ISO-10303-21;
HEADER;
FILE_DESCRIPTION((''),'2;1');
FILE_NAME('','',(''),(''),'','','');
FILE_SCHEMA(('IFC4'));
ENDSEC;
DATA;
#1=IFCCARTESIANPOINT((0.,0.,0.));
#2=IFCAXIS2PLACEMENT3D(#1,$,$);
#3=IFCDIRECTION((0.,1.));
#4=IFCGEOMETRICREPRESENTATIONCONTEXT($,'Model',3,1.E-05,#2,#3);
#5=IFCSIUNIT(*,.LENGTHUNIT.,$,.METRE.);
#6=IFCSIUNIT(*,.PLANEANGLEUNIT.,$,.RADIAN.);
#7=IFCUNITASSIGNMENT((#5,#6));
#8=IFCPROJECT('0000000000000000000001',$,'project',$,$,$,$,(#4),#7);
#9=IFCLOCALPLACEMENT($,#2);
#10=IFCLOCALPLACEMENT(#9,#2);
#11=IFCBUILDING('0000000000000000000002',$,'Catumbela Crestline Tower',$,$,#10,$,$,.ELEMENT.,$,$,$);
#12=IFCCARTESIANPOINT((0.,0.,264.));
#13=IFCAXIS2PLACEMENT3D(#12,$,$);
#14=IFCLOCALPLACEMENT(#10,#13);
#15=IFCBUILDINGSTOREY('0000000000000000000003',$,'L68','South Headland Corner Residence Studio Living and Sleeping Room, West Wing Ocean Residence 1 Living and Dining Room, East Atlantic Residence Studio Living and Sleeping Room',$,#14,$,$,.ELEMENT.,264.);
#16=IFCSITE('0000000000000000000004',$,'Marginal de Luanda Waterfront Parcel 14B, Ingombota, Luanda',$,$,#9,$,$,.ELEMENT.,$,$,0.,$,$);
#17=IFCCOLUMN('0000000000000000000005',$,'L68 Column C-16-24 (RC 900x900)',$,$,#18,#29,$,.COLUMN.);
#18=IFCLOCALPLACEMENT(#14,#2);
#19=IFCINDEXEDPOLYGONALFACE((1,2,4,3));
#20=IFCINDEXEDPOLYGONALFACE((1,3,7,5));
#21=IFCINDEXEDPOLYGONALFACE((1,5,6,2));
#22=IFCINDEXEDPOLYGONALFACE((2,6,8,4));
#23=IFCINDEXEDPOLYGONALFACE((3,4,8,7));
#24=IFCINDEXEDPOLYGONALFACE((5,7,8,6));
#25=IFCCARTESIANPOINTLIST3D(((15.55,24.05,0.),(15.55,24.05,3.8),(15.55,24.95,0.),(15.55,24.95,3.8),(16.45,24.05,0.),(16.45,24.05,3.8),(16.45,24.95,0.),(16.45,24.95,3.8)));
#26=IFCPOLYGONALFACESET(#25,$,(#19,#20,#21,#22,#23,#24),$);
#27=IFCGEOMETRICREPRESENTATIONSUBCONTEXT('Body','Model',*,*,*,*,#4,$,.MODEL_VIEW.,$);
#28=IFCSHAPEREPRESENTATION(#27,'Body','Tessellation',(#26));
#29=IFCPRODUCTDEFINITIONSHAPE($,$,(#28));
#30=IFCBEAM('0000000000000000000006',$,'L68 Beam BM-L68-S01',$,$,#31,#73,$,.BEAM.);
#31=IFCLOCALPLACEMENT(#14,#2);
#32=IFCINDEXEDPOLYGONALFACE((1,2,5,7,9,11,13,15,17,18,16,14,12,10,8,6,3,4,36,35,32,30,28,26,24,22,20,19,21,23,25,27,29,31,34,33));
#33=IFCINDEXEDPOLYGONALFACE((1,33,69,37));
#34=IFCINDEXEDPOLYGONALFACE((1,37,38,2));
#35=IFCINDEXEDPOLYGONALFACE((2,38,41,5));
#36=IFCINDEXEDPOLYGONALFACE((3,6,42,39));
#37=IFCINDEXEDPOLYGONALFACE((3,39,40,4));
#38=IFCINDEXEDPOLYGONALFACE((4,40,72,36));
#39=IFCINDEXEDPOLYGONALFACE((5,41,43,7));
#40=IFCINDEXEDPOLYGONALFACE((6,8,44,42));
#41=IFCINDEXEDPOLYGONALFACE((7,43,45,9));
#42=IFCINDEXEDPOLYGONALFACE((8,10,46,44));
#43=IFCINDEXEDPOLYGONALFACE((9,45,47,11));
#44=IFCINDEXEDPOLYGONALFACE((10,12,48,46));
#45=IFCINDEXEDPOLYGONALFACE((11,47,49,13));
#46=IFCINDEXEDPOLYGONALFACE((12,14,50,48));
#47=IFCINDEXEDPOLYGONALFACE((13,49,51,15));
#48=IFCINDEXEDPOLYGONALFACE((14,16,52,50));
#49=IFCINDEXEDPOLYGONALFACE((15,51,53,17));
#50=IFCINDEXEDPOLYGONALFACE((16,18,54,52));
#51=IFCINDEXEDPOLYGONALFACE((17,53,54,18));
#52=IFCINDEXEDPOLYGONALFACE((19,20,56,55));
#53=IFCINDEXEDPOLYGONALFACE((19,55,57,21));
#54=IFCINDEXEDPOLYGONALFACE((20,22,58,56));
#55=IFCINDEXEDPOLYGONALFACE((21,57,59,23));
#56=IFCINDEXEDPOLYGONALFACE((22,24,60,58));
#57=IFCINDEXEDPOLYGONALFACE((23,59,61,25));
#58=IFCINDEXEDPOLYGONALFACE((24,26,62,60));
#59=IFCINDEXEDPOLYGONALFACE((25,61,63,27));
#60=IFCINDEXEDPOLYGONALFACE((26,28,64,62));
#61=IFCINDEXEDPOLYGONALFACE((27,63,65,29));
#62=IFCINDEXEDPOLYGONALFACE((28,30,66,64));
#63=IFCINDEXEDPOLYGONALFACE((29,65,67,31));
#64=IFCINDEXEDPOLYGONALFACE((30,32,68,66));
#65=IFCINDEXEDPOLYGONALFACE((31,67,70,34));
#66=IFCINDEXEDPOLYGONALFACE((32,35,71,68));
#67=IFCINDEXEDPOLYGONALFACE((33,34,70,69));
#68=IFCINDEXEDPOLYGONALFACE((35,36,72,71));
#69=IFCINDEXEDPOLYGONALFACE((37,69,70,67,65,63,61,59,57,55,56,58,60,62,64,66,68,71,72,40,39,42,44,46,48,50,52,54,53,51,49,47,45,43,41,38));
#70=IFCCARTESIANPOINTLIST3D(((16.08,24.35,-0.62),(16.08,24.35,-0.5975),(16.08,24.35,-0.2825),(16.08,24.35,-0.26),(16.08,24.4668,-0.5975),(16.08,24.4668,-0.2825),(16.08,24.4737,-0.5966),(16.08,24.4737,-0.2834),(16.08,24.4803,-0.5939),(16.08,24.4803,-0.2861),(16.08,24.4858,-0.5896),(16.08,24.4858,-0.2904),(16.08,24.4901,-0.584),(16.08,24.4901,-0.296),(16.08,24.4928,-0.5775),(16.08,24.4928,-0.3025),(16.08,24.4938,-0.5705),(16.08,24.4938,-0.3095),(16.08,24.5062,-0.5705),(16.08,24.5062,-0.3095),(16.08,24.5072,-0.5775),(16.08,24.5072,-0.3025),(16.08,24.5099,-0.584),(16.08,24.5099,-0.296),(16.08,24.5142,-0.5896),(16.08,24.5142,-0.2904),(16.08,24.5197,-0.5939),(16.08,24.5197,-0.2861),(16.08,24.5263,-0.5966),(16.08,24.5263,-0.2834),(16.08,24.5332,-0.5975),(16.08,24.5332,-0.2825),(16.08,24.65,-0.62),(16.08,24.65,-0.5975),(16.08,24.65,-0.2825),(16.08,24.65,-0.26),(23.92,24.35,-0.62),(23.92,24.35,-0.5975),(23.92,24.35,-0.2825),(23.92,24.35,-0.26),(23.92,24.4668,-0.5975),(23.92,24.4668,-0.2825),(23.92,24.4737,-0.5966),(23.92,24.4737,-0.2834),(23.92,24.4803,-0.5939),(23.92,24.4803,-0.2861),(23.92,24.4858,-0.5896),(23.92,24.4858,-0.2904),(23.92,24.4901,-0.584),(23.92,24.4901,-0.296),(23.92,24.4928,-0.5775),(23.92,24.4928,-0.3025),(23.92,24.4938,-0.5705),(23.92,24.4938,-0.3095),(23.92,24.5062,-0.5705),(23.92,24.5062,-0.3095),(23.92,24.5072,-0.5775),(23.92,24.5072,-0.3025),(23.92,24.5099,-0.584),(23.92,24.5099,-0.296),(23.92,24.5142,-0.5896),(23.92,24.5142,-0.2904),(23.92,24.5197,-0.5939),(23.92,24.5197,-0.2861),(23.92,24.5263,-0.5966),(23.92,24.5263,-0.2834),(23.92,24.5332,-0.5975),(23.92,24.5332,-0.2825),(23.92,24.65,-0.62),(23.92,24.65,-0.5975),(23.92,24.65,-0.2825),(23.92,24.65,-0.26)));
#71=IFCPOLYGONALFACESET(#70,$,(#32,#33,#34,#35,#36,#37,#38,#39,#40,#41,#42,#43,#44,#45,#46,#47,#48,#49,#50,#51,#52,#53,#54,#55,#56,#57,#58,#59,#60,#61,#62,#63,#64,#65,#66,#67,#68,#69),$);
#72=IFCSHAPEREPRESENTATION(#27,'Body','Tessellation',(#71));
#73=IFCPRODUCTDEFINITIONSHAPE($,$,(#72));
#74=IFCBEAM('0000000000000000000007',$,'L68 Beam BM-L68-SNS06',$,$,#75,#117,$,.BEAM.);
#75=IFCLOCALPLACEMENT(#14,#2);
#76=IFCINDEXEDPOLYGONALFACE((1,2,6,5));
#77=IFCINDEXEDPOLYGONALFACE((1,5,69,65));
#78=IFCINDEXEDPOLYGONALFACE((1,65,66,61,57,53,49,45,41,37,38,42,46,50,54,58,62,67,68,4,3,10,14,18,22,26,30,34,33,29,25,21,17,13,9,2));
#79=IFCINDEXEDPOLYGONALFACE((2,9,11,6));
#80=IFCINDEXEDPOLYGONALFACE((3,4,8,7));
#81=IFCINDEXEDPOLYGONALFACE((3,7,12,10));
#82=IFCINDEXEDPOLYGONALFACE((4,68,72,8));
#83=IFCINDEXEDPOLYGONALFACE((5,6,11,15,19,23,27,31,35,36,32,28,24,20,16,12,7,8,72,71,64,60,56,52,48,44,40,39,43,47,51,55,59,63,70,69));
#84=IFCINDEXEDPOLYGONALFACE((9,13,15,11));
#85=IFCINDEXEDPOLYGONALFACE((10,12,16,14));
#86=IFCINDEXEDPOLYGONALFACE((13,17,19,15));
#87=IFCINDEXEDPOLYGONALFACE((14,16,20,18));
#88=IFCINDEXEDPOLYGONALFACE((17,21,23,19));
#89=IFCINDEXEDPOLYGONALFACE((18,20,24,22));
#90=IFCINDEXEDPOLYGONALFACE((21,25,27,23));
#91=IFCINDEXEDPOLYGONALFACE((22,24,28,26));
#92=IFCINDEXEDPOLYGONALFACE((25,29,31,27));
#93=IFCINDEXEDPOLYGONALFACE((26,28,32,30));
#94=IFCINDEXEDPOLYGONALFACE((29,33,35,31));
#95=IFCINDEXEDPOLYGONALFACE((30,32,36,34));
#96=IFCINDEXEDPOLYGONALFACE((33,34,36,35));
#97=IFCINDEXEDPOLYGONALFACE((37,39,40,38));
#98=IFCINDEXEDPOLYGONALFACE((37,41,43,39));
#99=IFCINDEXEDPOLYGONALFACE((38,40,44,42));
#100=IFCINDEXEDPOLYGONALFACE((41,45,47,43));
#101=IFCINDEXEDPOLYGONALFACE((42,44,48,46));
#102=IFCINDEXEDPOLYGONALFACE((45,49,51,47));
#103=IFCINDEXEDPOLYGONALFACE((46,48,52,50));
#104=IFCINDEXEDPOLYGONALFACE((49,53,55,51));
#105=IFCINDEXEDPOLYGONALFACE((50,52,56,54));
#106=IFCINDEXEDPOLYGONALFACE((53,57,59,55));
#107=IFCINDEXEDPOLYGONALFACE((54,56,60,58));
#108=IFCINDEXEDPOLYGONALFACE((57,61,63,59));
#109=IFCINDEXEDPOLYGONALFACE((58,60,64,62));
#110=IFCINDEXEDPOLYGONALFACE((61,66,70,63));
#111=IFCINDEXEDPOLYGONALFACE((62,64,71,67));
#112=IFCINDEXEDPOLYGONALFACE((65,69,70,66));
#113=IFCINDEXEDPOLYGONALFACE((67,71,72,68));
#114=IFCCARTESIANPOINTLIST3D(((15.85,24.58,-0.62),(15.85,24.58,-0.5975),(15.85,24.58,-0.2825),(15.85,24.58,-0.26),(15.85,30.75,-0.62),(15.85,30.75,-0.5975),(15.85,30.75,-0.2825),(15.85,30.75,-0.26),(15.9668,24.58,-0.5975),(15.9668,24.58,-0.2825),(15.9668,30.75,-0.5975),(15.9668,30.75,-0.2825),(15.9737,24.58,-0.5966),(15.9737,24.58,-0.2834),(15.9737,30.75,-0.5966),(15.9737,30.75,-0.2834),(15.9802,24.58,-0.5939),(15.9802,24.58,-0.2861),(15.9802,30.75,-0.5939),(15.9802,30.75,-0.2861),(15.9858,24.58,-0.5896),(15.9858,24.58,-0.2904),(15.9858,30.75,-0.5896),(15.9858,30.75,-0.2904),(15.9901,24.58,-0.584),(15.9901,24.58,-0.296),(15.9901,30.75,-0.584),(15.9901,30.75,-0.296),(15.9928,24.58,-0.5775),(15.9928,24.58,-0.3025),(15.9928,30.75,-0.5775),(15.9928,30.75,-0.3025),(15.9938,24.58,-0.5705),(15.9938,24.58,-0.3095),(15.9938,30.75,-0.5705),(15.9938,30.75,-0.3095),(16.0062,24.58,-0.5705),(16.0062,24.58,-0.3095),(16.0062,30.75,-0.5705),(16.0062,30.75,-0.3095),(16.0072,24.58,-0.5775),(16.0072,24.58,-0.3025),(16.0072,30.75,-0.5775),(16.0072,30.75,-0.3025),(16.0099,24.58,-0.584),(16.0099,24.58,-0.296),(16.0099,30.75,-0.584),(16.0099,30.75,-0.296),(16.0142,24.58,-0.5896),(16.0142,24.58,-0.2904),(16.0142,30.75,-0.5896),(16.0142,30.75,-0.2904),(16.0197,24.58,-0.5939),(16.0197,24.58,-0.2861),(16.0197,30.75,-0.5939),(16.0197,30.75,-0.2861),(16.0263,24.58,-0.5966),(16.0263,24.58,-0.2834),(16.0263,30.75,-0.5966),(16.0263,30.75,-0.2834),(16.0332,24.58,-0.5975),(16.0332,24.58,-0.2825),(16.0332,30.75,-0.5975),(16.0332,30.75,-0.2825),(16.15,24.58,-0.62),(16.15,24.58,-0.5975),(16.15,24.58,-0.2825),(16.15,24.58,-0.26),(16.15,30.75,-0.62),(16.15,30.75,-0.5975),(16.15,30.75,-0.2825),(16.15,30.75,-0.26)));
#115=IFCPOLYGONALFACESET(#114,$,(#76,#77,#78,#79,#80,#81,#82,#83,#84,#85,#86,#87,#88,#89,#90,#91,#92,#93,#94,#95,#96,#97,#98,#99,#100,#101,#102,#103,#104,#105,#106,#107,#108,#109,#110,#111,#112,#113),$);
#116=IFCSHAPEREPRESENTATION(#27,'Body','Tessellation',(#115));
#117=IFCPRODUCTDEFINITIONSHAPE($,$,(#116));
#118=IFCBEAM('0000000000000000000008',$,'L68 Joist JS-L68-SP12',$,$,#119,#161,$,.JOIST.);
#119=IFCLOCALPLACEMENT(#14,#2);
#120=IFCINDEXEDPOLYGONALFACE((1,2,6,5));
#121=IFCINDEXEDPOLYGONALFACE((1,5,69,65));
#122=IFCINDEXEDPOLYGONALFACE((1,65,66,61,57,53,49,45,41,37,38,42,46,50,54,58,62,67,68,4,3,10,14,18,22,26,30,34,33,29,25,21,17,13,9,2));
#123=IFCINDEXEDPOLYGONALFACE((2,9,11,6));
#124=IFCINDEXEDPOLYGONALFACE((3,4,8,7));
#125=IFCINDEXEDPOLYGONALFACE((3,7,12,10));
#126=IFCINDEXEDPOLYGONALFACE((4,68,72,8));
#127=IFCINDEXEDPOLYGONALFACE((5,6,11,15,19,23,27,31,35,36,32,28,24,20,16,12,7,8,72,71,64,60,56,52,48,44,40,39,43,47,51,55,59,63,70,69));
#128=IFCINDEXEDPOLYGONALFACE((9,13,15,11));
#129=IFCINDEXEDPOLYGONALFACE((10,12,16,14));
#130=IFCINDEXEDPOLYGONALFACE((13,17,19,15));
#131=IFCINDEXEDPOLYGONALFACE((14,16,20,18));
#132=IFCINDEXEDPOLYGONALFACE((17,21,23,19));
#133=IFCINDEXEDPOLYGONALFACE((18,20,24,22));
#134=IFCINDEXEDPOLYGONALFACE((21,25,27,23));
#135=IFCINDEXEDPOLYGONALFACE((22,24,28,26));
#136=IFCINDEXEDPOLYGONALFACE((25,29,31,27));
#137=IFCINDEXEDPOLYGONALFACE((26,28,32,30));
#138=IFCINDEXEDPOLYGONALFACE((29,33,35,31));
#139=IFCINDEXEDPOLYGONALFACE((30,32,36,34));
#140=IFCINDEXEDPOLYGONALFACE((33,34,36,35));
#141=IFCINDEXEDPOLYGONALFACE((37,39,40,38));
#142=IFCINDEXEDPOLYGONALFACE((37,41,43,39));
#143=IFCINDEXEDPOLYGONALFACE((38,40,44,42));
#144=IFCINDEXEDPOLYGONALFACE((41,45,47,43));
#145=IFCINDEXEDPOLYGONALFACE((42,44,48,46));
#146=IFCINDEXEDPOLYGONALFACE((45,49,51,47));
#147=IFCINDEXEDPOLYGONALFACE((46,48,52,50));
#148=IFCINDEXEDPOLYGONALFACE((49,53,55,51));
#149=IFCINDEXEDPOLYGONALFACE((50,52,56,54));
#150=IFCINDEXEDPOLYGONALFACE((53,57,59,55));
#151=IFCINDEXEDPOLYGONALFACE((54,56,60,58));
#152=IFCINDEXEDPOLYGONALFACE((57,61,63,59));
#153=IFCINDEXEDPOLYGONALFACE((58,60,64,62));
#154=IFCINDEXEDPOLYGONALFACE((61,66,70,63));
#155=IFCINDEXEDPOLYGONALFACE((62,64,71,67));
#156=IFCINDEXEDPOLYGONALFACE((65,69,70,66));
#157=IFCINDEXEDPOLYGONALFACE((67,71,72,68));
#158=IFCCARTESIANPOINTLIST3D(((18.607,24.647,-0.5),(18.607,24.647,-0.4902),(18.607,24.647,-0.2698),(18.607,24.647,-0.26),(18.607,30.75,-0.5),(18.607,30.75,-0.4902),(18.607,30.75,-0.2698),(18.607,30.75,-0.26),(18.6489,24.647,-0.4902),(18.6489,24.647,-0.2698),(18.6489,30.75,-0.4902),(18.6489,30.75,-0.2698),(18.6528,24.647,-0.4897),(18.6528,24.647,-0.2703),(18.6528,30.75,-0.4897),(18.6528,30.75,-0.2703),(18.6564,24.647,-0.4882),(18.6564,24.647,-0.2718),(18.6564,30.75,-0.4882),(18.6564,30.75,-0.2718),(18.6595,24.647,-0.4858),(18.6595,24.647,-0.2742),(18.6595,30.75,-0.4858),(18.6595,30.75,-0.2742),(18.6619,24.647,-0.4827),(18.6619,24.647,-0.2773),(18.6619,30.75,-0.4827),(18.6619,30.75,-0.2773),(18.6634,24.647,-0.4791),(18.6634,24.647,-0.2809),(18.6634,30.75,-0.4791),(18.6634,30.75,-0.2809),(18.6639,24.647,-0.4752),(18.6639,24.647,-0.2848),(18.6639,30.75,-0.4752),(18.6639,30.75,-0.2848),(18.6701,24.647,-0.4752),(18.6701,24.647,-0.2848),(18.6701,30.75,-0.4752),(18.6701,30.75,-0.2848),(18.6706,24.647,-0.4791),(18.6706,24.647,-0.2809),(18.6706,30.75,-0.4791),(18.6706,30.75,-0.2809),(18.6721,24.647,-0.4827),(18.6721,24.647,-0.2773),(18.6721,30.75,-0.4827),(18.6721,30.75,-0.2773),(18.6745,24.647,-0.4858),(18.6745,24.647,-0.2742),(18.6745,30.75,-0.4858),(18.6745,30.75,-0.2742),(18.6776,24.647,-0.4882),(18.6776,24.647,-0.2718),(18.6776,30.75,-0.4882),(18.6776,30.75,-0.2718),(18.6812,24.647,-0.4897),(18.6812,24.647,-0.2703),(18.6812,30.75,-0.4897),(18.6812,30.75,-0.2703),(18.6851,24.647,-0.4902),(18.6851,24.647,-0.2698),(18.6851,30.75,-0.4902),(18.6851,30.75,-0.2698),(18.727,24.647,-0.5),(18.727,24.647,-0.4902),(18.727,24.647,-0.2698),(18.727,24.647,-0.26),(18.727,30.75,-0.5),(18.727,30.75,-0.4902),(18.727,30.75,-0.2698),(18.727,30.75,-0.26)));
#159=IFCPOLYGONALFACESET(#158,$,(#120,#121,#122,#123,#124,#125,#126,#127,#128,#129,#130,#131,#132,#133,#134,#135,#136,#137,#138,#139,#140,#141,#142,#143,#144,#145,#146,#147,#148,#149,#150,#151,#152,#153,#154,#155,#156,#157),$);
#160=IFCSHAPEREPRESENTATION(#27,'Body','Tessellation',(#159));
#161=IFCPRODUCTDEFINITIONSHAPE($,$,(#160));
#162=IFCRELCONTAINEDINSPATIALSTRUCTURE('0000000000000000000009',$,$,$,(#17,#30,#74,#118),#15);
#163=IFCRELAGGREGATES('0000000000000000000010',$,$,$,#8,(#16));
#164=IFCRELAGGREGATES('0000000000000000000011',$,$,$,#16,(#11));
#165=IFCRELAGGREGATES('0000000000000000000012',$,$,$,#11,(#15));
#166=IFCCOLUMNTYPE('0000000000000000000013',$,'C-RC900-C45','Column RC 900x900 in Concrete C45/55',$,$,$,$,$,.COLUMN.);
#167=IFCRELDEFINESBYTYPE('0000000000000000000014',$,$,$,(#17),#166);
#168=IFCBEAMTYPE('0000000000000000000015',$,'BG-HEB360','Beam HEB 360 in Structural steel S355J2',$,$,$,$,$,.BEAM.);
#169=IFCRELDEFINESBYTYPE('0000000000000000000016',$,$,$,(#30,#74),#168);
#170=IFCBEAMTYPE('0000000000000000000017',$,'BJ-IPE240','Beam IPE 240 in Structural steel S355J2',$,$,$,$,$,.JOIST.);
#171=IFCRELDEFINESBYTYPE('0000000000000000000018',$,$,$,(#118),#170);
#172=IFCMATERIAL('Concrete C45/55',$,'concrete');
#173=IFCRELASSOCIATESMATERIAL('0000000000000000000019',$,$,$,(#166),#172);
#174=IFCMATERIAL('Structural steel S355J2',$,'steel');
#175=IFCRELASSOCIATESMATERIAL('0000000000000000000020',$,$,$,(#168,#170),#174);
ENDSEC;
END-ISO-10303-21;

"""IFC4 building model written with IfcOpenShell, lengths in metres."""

from ifc_helpers import new_model, si_unit, direction, frame, origin, origin_2d, place, context, subcontext, project, spatial, rectangle, i_section, extrude, material, material_profile, profile_set, type_object, element, save


model = new_model("IFC4")

# Units and contexts
model_context = context("Model", 3, precision=1e-05, world=origin(), true_north=direction((0.0, 1.0)))
body_context = subcontext(model_context, "Body", "Model", "MODEL_VIEW")
ifc_project = project(units=[si_unit("LENGTHUNIT", "METRE"), si_unit("PLANEANGLEUNIT", "RADIAN")], contexts=[model_context])

# Site, building, storey
site_placement = place(None, origin())
site = spatial("IfcSite", under=ifc_project, at=site_placement, Name="Marginal de Luanda Waterfront Parcel 14B, Ingombota, Luanda", CompositionType="ELEMENT", RefElevation=0.0)
building_placement = place(site_placement, origin())
building = spatial("IfcBuilding", under=site, at=building_placement, Name="Catumbela Crestline Tower", CompositionType="ELEMENT")
storey_placement = place(building_placement, frame((0.0, 0.0, 264.0)))
storey = spatial("IfcBuildingStorey", under=building, at=storey_placement, Name="L68", Description="South Headland Corner Residence Studio Living and Sleeping Room, West Wing Ocean Residence 1 Living and Dining Room, East Atlantic Residence Studio Living and Sleeping Room", CompositionType="ELEMENT", Elevation=264.0)

# Column
ifc_material_1 = material(Name="Concrete C45/55", Category="concrete")
ifc_material_profile_1 = material_profile(ifc_material_1, rectangle(XDim=0.9, YDim=0.9, at=origin_2d()), Name="RC 900x900")
ifc_profile_set_1 = profile_set([ifc_material_profile_1], Name="Concrete C45/55")
column_type = type_object("IfcColumnType", Name="C-RC900-C45", Description="Column RC 900x900 in Concrete C45/55", PredefinedType="COLUMN", material=ifc_profile_set_1)
column_placement = place(storey_placement, frame((16.0, 24.5, 0.0), z_axis=(0.0, 0.0, 1.0), x_axis=(1.0, 0.0, 0.0)))
element("IfcColumn", 1, at=column_placement, inside=storey, type_object=column_type, Name="L68 Column C-16-24 (RC 900x900)", PredefinedType="COLUMN", context=body_context, shape_type="SweptSolid", body=[
    extrude(rectangle(XDim=0.9, YDim=0.9, at=origin_2d()), origin(), (0.0, 0.0, 1.0), 3.8),
])

# Beams
ifc_material_2 = material(Name="Structural steel S355J2", Category="steel")
ifc_material_profile_2 = material_profile(ifc_material_2, i_section(OverallWidth=0.3, OverallDepth=0.36, WebThickness=0.0125, FlangeThickness=0.0225, FilletRadius=0.027, at=origin_2d()), Name="HEB 360")
ifc_profile_set_2 = profile_set([ifc_material_profile_2], Name="Structural steel S355J2")
beam_type_1 = type_object("IfcBeamType", Name="BG-HEB360", Description="Beam HEB 360 in Structural steel S355J2", PredefinedType="BEAM", material=ifc_profile_set_2)
beam_1_placement = place(storey_placement, frame((16.08, 24.5, -0.44), z_axis=(1.0, 0.0, 0.0), x_axis=(0.0, 1.0, 0.0)))
element("IfcBeam", 2, at=beam_1_placement, inside=storey, type_object=beam_type_1, Name="L68 Beam BM-L68-S01", PredefinedType="BEAM", context=body_context, shape_type="SweptSolid", body=[
    extrude(i_section(OverallWidth=0.3, OverallDepth=0.36, WebThickness=0.0125, FlangeThickness=0.0225, FilletRadius=0.027, at=origin_2d()), origin(), (0.0, 0.0, 1.0), 7.84),
])
beam_2_placement = place(storey_placement, frame((16.0, 24.58, -0.44), z_axis=(0.0, 1.0, 0.0), x_axis=(-1.0, 0.0, 0.0)))
element("IfcBeam", 3, at=beam_2_placement, inside=storey, type_object=beam_type_1, Name="L68 Beam BM-L68-SNS06", PredefinedType="BEAM", context=body_context, shape_type="SweptSolid", body=[
    extrude(i_section(OverallWidth=0.3, OverallDepth=0.36, WebThickness=0.0125, FlangeThickness=0.0225, FilletRadius=0.027, at=origin_2d()), origin(), (0.0, 0.0, 1.0), 6.17),
])
ifc_material_profile_3 = material_profile(ifc_material_2, i_section(OverallWidth=0.12, OverallDepth=0.24, WebThickness=0.0062, FlangeThickness=0.0098, FilletRadius=0.015, at=origin_2d()), Name="IPE 240")
ifc_profile_set_3 = profile_set([ifc_material_profile_3], Name="Structural steel S355J2")
beam_type_2 = type_object("IfcBeamType", Name="BJ-IPE240", Description="Beam IPE 240 in Structural steel S355J2", PredefinedType="JOIST", material=ifc_profile_set_3)
for number, where, z_axis, x_axis, name in (
    (4, (18.667, 24.647, -0.38), (0.0, 1.0, 0.0), (-1.0, 0.0, 0.0), "L68 Joist JS-L68-SP12"),
):
    element("IfcBeam", number, at=place(storey_placement, frame(where, z_axis=z_axis, x_axis=x_axis)), inside=storey, type_object=beam_type_2, Name=name, PredefinedType="JOIST", context=body_context, shape_type="SweptSolid", body=[
        extrude(i_section(OverallWidth=0.12, OverallDepth=0.24, WebThickness=0.0062, FlangeThickness=0.0098, FilletRadius=0.015, at=origin_2d()), origin(), (0.0, 0.0, 1.0), 6.103),
    ])

save(model, "model.ifc")
